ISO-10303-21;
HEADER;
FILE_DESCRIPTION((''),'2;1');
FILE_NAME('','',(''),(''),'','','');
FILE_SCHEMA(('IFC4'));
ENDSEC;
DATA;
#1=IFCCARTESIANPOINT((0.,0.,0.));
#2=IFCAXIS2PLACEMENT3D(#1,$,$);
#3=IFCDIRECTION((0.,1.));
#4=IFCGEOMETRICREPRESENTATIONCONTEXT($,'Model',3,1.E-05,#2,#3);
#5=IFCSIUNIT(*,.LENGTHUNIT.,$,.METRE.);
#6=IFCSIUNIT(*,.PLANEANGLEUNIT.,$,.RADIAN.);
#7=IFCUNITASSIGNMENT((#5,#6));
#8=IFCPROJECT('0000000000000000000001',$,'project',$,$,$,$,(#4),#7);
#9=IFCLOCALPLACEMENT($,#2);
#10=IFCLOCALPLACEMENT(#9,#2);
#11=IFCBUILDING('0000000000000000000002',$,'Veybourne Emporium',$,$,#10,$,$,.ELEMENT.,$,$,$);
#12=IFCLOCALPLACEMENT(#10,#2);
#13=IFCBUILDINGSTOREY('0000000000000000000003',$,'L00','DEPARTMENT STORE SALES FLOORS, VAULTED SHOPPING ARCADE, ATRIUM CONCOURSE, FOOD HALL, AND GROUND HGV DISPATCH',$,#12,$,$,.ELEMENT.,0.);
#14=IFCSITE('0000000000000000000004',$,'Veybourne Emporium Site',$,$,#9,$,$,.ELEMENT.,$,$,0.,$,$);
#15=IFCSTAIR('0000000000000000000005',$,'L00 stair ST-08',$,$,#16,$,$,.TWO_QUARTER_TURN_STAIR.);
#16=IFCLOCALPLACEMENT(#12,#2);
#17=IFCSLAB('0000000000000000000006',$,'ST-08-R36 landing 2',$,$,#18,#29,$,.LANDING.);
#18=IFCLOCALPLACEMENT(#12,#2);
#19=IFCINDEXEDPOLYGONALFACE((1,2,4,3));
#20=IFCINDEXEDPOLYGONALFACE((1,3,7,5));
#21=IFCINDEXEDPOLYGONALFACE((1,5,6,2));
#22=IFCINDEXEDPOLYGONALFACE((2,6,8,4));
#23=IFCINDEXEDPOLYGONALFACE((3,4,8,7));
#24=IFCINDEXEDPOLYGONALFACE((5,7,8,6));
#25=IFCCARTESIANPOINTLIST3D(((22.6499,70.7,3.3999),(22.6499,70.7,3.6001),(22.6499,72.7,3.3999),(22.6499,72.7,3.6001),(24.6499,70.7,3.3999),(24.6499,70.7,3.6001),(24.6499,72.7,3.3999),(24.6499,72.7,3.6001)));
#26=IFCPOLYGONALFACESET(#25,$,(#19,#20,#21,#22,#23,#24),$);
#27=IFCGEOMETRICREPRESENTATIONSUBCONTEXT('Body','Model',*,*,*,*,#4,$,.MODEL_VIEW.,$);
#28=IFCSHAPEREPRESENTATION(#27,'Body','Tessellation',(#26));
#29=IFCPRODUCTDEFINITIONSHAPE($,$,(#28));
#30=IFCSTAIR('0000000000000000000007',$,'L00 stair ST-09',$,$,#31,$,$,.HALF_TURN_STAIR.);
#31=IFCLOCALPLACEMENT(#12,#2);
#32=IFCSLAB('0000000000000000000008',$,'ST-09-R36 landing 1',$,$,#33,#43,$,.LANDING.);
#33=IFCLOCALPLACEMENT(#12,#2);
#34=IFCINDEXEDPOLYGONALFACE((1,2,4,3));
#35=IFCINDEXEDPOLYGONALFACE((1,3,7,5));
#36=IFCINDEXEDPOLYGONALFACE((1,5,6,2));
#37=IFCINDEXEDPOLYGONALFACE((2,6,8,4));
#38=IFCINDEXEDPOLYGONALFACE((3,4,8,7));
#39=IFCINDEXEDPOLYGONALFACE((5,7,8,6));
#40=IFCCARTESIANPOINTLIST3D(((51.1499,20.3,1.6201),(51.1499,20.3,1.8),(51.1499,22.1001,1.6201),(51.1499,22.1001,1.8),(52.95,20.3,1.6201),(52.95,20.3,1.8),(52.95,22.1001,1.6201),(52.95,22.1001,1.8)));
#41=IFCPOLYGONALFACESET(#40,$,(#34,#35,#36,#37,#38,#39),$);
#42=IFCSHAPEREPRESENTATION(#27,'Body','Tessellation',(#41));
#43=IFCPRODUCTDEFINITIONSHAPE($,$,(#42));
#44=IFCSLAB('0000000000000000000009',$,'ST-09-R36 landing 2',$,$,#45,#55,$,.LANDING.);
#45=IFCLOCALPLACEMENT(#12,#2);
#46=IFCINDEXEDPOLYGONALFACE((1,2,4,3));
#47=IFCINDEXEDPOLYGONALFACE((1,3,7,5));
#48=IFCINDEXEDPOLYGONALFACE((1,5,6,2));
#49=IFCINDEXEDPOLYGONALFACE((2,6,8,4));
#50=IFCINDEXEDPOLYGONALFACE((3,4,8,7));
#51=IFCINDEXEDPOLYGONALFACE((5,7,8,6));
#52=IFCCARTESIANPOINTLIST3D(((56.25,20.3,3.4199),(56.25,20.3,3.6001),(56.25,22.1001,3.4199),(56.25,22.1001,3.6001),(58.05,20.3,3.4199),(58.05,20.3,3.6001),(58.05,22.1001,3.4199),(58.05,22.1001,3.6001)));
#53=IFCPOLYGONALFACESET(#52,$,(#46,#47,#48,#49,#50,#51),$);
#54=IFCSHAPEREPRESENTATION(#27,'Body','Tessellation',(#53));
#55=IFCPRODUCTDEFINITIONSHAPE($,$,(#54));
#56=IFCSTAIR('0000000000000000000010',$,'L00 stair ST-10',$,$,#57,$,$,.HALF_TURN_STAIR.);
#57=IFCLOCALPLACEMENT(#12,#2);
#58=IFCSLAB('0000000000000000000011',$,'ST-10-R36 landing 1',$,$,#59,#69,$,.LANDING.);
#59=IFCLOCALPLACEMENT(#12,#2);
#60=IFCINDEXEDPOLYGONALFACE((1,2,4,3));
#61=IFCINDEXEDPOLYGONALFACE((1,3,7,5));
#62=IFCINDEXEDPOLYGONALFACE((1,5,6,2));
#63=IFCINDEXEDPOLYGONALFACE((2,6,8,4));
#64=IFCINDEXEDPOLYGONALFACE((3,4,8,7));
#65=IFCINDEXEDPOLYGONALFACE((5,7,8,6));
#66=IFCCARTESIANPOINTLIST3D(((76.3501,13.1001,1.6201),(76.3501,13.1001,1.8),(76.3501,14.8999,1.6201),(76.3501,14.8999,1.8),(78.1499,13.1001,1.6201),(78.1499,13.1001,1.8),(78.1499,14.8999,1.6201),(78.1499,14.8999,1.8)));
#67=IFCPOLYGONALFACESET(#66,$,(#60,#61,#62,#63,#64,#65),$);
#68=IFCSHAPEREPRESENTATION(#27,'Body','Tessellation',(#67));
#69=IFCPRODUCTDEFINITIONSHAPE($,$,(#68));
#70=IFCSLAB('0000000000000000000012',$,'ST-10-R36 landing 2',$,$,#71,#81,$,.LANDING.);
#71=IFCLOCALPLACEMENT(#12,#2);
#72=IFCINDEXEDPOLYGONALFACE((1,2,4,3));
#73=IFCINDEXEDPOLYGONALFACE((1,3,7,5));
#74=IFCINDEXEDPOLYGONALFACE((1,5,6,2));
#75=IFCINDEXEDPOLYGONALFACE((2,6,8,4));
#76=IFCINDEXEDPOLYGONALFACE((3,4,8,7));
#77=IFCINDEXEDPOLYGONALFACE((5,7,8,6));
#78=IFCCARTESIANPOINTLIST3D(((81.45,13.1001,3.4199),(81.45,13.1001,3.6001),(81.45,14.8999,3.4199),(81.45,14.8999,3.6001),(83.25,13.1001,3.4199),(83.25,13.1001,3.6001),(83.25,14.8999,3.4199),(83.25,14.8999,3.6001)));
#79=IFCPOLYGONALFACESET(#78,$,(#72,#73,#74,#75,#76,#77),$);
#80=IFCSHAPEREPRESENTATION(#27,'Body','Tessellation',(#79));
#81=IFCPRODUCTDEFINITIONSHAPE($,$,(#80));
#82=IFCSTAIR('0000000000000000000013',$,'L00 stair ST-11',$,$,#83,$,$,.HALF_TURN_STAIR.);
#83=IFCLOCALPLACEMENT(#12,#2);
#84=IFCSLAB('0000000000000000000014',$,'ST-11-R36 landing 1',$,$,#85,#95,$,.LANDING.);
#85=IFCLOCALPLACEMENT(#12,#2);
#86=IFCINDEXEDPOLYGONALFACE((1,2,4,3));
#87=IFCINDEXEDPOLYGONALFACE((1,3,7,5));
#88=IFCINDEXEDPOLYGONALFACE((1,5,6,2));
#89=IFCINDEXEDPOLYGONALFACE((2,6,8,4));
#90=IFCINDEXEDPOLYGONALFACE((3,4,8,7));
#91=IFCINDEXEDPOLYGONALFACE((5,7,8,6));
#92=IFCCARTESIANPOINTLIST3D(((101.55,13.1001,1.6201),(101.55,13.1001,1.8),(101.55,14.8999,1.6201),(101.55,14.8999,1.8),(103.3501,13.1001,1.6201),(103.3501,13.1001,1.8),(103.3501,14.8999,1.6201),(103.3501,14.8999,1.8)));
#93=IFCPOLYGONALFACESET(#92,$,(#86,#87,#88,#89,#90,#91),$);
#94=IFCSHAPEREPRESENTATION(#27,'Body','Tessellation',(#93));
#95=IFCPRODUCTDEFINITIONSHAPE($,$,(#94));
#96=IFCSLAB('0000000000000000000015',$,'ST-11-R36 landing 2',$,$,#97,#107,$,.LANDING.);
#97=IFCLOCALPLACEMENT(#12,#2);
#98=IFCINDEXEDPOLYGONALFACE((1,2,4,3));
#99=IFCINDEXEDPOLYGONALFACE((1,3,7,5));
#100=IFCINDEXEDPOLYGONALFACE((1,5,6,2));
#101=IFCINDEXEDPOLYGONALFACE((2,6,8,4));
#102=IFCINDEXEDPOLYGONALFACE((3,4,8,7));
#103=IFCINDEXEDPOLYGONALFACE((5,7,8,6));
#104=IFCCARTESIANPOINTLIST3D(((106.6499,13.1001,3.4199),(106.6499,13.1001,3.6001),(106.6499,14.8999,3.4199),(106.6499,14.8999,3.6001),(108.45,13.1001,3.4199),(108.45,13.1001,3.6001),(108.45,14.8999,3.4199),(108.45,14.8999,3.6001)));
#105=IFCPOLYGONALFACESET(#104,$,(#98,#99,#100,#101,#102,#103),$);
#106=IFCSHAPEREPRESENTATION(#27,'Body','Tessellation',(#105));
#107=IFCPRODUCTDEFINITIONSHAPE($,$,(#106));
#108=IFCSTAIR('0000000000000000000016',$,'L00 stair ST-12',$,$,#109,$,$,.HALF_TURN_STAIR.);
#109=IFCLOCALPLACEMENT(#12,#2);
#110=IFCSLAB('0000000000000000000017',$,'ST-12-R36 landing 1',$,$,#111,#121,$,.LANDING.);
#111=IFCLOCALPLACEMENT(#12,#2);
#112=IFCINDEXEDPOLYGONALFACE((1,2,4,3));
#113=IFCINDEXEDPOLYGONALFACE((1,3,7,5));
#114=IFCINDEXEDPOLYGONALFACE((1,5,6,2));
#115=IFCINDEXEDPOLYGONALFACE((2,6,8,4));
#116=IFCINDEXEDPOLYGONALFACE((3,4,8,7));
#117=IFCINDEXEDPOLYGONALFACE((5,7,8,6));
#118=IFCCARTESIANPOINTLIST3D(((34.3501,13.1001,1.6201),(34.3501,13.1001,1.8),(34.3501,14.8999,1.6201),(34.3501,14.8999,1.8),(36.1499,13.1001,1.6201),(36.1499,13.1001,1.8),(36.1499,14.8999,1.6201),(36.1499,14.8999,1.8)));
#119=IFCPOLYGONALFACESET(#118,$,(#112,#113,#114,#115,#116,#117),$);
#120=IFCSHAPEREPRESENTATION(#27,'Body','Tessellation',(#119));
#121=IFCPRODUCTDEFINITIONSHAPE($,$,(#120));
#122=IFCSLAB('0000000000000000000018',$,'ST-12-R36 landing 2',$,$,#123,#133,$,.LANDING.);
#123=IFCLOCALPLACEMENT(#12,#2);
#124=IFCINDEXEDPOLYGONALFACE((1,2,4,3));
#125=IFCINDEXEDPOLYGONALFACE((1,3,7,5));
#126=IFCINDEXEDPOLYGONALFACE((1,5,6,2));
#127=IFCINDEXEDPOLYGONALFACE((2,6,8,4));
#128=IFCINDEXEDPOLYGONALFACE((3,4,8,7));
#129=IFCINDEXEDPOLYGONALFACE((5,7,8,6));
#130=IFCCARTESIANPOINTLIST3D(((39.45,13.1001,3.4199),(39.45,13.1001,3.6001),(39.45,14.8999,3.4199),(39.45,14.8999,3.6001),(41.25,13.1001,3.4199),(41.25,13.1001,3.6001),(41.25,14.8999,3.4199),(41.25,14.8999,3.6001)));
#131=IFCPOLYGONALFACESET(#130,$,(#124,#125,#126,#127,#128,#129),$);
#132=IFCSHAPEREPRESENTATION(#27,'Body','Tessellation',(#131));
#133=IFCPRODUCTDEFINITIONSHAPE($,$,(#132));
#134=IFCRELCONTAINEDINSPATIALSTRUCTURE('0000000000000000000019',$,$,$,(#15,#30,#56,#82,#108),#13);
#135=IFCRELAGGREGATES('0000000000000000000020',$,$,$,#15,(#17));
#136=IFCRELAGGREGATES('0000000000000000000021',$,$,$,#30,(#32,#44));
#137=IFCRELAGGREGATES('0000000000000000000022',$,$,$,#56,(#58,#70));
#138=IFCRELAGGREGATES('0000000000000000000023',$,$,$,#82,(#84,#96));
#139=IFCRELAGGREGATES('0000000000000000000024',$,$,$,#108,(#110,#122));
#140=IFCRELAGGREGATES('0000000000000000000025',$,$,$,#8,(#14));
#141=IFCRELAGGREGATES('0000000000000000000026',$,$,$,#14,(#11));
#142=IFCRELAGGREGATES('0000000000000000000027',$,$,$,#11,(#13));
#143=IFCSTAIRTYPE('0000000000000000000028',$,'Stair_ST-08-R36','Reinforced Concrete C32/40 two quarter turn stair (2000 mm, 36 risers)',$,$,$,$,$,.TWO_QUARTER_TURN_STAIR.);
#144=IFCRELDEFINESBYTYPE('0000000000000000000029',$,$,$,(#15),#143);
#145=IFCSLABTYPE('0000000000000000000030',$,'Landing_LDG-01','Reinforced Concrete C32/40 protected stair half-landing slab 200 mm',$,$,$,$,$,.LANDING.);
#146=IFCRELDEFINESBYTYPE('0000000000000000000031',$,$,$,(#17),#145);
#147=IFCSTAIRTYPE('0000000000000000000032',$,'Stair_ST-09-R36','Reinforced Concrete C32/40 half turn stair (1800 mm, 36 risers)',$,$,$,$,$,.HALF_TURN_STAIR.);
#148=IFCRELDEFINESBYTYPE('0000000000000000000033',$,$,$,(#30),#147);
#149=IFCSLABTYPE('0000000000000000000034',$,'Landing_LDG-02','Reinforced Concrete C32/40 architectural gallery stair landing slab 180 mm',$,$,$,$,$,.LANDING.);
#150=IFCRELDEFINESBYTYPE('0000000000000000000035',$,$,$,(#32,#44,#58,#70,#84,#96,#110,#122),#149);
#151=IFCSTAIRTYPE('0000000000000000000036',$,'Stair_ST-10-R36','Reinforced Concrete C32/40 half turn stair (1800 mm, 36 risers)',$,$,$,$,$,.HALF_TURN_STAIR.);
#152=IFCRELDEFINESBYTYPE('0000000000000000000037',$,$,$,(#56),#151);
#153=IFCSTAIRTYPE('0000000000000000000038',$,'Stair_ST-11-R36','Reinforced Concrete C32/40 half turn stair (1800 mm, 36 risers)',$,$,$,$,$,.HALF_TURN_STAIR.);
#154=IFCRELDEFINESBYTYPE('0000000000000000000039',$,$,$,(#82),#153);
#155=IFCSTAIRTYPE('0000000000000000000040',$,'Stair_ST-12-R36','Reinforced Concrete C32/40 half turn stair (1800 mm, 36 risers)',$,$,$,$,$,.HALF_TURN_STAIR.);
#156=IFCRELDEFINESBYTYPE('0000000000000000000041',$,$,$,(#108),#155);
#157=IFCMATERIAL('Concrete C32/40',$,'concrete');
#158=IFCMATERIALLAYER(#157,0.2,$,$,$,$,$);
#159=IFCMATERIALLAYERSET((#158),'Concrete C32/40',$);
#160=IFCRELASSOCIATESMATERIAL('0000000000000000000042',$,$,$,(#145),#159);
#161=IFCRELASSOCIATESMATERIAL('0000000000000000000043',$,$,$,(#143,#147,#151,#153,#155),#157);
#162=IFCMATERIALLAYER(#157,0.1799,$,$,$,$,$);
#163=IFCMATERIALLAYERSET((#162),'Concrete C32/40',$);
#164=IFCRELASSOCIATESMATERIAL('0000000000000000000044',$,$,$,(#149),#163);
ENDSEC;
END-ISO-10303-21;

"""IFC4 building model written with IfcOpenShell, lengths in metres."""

from ifc_helpers import new_model, si_unit, direction, frame, origin, place, context, subcontext, project, spatial, polyline, outline, extrude, material, layer, layer_set, type_object, element, aggregate, save


model = new_model("IFC4")

# Units and contexts
model_context = context("Model", 3, precision=1e-05, world=origin(), true_north=direction((0.0, 1.0)))
body_context = subcontext(model_context, "Body", "Model", "MODEL_VIEW")
ifc_project = project(units=[si_unit("LENGTHUNIT", "METRE"), si_unit("PLANEANGLEUNIT", "RADIAN")], contexts=[model_context])

# Site, building, storey
site_placement = place(None, origin())
site = spatial("IfcSite", under=ifc_project, at=site_placement, Name="Veybourne Emporium Site", CompositionType="ELEMENT", RefElevation=0.0)
building_placement = place(site_placement, origin())
building = spatial("IfcBuilding", under=site, at=building_placement, Name="Veybourne Emporium", CompositionType="ELEMENT")
storey_placement = place(building_placement, origin())
storey = spatial("IfcBuildingStorey", under=building, at=storey_placement, Name="L00", Description="DEPARTMENT STORE SALES FLOORS, VAULTED SHOPPING ARCADE, ATRIUM CONCOURSE, FOOD HALL, AND GROUND HGV DISPATCH", CompositionType="ELEMENT", Elevation=0.0)

# Stairs, slabs
ifc_material_1 = material(Name="Concrete C32/40", Category="concrete")
ifc_layer_1 = layer(ifc_material_1, 0.2)
ifc_layer_set_1 = layer_set([ifc_layer_1], Name="Concrete C32/40")
slab_type_1 = type_object("IfcSlabType", Name="Landing_LDG-01", Description="Reinforced Concrete C32/40 protected stair half-landing slab 200 mm", PredefinedType="LANDING", material=ifc_layer_set_1)
stair_type_1 = type_object("IfcStairType", Name="Stair_ST-08-R36", Description="Reinforced Concrete C32/40 two quarter turn stair (2000 mm, 36 risers)", PredefinedType="TWO_QUARTER_TURN_STAIR", material=ifc_material_1)
stair_1_placement = place(storey_placement, origin())
stair_1 = element("IfcStair", 1, at=stair_1_placement, inside=storey, type_object=stair_type_1, Name="L00 stair ST-08", PredefinedType="TWO_QUARTER_TURN_STAIR")
slab_1_placement = place(storey_placement, frame((0.0, 0.0, 3.3999)))
slab_1 = element("IfcSlab", 2, at=slab_1_placement, type_object=slab_type_1, Name="ST-08-R36 landing 2", PredefinedType="LANDING", context=body_context, shape_type="SweptSolid", body=[
    extrude(outline(polyline([(22.6499, 70.7), (24.6499, 70.7), (24.6499, 72.7), (22.6499, 72.7), (22.6499, 70.7)])), origin(), (0.0, 0.0, 1.0), 0.2002),
])
aggregate(stair_1, [slab_1])
stair_type_2 = type_object("IfcStairType", Name="Stair_ST-09-R36", Description="Reinforced Concrete C32/40 half turn stair (1800 mm, 36 risers)", PredefinedType="HALF_TURN_STAIR", material=ifc_material_1)
stair_2_placement = place(storey_placement, origin())
stair_2 = element("IfcStair", 3, at=stair_2_placement, inside=storey, type_object=stair_type_2, Name="L00 stair ST-09", PredefinedType="HALF_TURN_STAIR")
ifc_layer_2 = layer(ifc_material_1, 0.1799)
ifc_layer_set_2 = layer_set([ifc_layer_2], Name="Concrete C32/40")
slab_type_2 = type_object("IfcSlabType", Name="Landing_LDG-02", Description="Reinforced Concrete C32/40 architectural gallery stair landing slab 180 mm", PredefinedType="LANDING", material=ifc_layer_set_2)
slab_2_placement = place(storey_placement, frame((0.0, 0.0, 1.6201)))
slab_2 = element("IfcSlab", 4, at=slab_2_placement, type_object=slab_type_2, Name="ST-09-R36 landing 1", PredefinedType="LANDING", context=body_context, shape_type="SweptSolid", body=[
    extrude(outline(polyline([(51.1499, 20.3), (52.95, 20.3), (52.95, 22.1001), (51.1499, 22.1001), (51.1499, 20.3)])), origin(), (0.0, 0.0, 1.0), 0.1799),
])
slab_3_placement = place(storey_placement, frame((0.0, 0.0, 3.4199)))
slab_3 = element("IfcSlab", 5, at=slab_3_placement, type_object=slab_type_2, Name="ST-09-R36 landing 2", PredefinedType="LANDING", context=body_context, shape_type="SweptSolid", body=[
    extrude(outline(polyline([(56.25, 20.3), (58.05, 20.3), (58.05, 22.1001), (56.25, 22.1001), (56.25, 20.3)])), origin(), (0.0, 0.0, 1.0), 0.1802),
])
aggregate(stair_2, [slab_2, slab_3])
stair_type_3 = type_object("IfcStairType", Name="Stair_ST-10-R36", Description="Reinforced Concrete C32/40 half turn stair (1800 mm, 36 risers)", PredefinedType="HALF_TURN_STAIR", material=ifc_material_1)
stair_3_placement = place(storey_placement, origin())
stair_3 = element("IfcStair", 6, at=stair_3_placement, inside=storey, type_object=stair_type_3, Name="L00 stair ST-10", PredefinedType="HALF_TURN_STAIR")
slab_4_placement = place(storey_placement, frame((0.0, 0.0, 1.6201)))
slab_4 = element("IfcSlab", 7, at=slab_4_placement, type_object=slab_type_2, Name="ST-10-R36 landing 1", PredefinedType="LANDING", context=body_context, shape_type="SweptSolid", body=[
    extrude(outline(polyline([(76.3501, 13.1001), (78.1499, 13.1001), (78.1499, 14.8999), (76.3501, 14.8999), (76.3501, 13.1001)])), origin(), (0.0, 0.0, 1.0), 0.1799),
])
slab_5_placement = place(storey_placement, frame((0.0, 0.0, 3.4199)))
slab_5 = element("IfcSlab", 8, at=slab_5_placement, type_object=slab_type_2, Name="ST-10-R36 landing 2", PredefinedType="LANDING", context=body_context, shape_type="SweptSolid", body=[
    extrude(outline(polyline([(81.45, 13.1001), (83.25, 13.1001), (83.25, 14.8999), (81.45, 14.8999), (81.45, 13.1001)])), origin(), (0.0, 0.0, 1.0), 0.1802),
])
aggregate(stair_3, [slab_4, slab_5])
stair_type_4 = type_object("IfcStairType", Name="Stair_ST-11-R36", Description="Reinforced Concrete C32/40 half turn stair (1800 mm, 36 risers)", PredefinedType="HALF_TURN_STAIR", material=ifc_material_1)
stair_4_placement = place(storey_placement, origin())
stair_4 = element("IfcStair", 9, at=stair_4_placement, inside=storey, type_object=stair_type_4, Name="L00 stair ST-11", PredefinedType="HALF_TURN_STAIR")
slab_6_placement = place(storey_placement, frame((0.0, 0.0, 1.6201)))
slab_6 = element("IfcSlab", 10, at=slab_6_placement, type_object=slab_type_2, Name="ST-11-R36 landing 1", PredefinedType="LANDING", context=body_context, shape_type="SweptSolid", body=[
    extrude(outline(polyline([(101.55, 13.1001), (103.3501, 13.1001), (103.3501, 14.8999), (101.55, 14.8999), (101.55, 13.1001)])), origin(), (0.0, 0.0, 1.0), 0.1799),
])
slab_7_placement = place(storey_placement, frame((0.0, 0.0, 3.4199)))
slab_7 = element("IfcSlab", 11, at=slab_7_placement, type_object=slab_type_2, Name="ST-11-R36 landing 2", PredefinedType="LANDING", context=body_context, shape_type="SweptSolid", body=[
    extrude(outline(polyline([(106.6499, 13.1001), (108.45, 13.1001), (108.45, 14.8999), (106.6499, 14.8999), (106.6499, 13.1001)])), origin(), (0.0, 0.0, 1.0), 0.1802),
])
aggregate(stair_4, [slab_6, slab_7])
stair_type_5 = type_object("IfcStairType", Name="Stair_ST-12-R36", Description="Reinforced Concrete C32/40 half turn stair (1800 mm, 36 risers)", PredefinedType="HALF_TURN_STAIR", material=ifc_material_1)
stair_5_placement = place(storey_placement, origin())
stair_5 = element("IfcStair", 12, at=stair_5_placement, inside=storey, type_object=stair_type_5, Name="L00 stair ST-12", PredefinedType="HALF_TURN_STAIR")
slab_8_placement = place(storey_placement, frame((0.0, 0.0, 1.6201)))
slab_8 = element("IfcSlab", 13, at=slab_8_placement, type_object=slab_type_2, Name="ST-12-R36 landing 1", PredefinedType="LANDING", context=body_context, shape_type="SweptSolid", body=[
    extrude(outline(polyline([(34.3501, 13.1001), (36.1499, 13.1001), (36.1499, 14.8999), (34.3501, 14.8999), (34.3501, 13.1001)])), origin(), (0.0, 0.0, 1.0), 0.1799),
])
slab_9_placement = place(storey_placement, frame((0.0, 0.0, 3.4199)))
slab_9 = element("IfcSlab", 14, at=slab_9_placement, type_object=slab_type_2, Name="ST-12-R36 landing 2", PredefinedType="LANDING", context=body_context, shape_type="SweptSolid", body=[
    extrude(outline(polyline([(39.45, 13.1001), (41.25, 13.1001), (41.25, 14.8999), (39.45, 14.8999), (39.45, 13.1001)])), origin(), (0.0, 0.0, 1.0), 0.1802),
])
aggregate(stair_5, [slab_8, slab_9])

save(model, "model.ifc")
